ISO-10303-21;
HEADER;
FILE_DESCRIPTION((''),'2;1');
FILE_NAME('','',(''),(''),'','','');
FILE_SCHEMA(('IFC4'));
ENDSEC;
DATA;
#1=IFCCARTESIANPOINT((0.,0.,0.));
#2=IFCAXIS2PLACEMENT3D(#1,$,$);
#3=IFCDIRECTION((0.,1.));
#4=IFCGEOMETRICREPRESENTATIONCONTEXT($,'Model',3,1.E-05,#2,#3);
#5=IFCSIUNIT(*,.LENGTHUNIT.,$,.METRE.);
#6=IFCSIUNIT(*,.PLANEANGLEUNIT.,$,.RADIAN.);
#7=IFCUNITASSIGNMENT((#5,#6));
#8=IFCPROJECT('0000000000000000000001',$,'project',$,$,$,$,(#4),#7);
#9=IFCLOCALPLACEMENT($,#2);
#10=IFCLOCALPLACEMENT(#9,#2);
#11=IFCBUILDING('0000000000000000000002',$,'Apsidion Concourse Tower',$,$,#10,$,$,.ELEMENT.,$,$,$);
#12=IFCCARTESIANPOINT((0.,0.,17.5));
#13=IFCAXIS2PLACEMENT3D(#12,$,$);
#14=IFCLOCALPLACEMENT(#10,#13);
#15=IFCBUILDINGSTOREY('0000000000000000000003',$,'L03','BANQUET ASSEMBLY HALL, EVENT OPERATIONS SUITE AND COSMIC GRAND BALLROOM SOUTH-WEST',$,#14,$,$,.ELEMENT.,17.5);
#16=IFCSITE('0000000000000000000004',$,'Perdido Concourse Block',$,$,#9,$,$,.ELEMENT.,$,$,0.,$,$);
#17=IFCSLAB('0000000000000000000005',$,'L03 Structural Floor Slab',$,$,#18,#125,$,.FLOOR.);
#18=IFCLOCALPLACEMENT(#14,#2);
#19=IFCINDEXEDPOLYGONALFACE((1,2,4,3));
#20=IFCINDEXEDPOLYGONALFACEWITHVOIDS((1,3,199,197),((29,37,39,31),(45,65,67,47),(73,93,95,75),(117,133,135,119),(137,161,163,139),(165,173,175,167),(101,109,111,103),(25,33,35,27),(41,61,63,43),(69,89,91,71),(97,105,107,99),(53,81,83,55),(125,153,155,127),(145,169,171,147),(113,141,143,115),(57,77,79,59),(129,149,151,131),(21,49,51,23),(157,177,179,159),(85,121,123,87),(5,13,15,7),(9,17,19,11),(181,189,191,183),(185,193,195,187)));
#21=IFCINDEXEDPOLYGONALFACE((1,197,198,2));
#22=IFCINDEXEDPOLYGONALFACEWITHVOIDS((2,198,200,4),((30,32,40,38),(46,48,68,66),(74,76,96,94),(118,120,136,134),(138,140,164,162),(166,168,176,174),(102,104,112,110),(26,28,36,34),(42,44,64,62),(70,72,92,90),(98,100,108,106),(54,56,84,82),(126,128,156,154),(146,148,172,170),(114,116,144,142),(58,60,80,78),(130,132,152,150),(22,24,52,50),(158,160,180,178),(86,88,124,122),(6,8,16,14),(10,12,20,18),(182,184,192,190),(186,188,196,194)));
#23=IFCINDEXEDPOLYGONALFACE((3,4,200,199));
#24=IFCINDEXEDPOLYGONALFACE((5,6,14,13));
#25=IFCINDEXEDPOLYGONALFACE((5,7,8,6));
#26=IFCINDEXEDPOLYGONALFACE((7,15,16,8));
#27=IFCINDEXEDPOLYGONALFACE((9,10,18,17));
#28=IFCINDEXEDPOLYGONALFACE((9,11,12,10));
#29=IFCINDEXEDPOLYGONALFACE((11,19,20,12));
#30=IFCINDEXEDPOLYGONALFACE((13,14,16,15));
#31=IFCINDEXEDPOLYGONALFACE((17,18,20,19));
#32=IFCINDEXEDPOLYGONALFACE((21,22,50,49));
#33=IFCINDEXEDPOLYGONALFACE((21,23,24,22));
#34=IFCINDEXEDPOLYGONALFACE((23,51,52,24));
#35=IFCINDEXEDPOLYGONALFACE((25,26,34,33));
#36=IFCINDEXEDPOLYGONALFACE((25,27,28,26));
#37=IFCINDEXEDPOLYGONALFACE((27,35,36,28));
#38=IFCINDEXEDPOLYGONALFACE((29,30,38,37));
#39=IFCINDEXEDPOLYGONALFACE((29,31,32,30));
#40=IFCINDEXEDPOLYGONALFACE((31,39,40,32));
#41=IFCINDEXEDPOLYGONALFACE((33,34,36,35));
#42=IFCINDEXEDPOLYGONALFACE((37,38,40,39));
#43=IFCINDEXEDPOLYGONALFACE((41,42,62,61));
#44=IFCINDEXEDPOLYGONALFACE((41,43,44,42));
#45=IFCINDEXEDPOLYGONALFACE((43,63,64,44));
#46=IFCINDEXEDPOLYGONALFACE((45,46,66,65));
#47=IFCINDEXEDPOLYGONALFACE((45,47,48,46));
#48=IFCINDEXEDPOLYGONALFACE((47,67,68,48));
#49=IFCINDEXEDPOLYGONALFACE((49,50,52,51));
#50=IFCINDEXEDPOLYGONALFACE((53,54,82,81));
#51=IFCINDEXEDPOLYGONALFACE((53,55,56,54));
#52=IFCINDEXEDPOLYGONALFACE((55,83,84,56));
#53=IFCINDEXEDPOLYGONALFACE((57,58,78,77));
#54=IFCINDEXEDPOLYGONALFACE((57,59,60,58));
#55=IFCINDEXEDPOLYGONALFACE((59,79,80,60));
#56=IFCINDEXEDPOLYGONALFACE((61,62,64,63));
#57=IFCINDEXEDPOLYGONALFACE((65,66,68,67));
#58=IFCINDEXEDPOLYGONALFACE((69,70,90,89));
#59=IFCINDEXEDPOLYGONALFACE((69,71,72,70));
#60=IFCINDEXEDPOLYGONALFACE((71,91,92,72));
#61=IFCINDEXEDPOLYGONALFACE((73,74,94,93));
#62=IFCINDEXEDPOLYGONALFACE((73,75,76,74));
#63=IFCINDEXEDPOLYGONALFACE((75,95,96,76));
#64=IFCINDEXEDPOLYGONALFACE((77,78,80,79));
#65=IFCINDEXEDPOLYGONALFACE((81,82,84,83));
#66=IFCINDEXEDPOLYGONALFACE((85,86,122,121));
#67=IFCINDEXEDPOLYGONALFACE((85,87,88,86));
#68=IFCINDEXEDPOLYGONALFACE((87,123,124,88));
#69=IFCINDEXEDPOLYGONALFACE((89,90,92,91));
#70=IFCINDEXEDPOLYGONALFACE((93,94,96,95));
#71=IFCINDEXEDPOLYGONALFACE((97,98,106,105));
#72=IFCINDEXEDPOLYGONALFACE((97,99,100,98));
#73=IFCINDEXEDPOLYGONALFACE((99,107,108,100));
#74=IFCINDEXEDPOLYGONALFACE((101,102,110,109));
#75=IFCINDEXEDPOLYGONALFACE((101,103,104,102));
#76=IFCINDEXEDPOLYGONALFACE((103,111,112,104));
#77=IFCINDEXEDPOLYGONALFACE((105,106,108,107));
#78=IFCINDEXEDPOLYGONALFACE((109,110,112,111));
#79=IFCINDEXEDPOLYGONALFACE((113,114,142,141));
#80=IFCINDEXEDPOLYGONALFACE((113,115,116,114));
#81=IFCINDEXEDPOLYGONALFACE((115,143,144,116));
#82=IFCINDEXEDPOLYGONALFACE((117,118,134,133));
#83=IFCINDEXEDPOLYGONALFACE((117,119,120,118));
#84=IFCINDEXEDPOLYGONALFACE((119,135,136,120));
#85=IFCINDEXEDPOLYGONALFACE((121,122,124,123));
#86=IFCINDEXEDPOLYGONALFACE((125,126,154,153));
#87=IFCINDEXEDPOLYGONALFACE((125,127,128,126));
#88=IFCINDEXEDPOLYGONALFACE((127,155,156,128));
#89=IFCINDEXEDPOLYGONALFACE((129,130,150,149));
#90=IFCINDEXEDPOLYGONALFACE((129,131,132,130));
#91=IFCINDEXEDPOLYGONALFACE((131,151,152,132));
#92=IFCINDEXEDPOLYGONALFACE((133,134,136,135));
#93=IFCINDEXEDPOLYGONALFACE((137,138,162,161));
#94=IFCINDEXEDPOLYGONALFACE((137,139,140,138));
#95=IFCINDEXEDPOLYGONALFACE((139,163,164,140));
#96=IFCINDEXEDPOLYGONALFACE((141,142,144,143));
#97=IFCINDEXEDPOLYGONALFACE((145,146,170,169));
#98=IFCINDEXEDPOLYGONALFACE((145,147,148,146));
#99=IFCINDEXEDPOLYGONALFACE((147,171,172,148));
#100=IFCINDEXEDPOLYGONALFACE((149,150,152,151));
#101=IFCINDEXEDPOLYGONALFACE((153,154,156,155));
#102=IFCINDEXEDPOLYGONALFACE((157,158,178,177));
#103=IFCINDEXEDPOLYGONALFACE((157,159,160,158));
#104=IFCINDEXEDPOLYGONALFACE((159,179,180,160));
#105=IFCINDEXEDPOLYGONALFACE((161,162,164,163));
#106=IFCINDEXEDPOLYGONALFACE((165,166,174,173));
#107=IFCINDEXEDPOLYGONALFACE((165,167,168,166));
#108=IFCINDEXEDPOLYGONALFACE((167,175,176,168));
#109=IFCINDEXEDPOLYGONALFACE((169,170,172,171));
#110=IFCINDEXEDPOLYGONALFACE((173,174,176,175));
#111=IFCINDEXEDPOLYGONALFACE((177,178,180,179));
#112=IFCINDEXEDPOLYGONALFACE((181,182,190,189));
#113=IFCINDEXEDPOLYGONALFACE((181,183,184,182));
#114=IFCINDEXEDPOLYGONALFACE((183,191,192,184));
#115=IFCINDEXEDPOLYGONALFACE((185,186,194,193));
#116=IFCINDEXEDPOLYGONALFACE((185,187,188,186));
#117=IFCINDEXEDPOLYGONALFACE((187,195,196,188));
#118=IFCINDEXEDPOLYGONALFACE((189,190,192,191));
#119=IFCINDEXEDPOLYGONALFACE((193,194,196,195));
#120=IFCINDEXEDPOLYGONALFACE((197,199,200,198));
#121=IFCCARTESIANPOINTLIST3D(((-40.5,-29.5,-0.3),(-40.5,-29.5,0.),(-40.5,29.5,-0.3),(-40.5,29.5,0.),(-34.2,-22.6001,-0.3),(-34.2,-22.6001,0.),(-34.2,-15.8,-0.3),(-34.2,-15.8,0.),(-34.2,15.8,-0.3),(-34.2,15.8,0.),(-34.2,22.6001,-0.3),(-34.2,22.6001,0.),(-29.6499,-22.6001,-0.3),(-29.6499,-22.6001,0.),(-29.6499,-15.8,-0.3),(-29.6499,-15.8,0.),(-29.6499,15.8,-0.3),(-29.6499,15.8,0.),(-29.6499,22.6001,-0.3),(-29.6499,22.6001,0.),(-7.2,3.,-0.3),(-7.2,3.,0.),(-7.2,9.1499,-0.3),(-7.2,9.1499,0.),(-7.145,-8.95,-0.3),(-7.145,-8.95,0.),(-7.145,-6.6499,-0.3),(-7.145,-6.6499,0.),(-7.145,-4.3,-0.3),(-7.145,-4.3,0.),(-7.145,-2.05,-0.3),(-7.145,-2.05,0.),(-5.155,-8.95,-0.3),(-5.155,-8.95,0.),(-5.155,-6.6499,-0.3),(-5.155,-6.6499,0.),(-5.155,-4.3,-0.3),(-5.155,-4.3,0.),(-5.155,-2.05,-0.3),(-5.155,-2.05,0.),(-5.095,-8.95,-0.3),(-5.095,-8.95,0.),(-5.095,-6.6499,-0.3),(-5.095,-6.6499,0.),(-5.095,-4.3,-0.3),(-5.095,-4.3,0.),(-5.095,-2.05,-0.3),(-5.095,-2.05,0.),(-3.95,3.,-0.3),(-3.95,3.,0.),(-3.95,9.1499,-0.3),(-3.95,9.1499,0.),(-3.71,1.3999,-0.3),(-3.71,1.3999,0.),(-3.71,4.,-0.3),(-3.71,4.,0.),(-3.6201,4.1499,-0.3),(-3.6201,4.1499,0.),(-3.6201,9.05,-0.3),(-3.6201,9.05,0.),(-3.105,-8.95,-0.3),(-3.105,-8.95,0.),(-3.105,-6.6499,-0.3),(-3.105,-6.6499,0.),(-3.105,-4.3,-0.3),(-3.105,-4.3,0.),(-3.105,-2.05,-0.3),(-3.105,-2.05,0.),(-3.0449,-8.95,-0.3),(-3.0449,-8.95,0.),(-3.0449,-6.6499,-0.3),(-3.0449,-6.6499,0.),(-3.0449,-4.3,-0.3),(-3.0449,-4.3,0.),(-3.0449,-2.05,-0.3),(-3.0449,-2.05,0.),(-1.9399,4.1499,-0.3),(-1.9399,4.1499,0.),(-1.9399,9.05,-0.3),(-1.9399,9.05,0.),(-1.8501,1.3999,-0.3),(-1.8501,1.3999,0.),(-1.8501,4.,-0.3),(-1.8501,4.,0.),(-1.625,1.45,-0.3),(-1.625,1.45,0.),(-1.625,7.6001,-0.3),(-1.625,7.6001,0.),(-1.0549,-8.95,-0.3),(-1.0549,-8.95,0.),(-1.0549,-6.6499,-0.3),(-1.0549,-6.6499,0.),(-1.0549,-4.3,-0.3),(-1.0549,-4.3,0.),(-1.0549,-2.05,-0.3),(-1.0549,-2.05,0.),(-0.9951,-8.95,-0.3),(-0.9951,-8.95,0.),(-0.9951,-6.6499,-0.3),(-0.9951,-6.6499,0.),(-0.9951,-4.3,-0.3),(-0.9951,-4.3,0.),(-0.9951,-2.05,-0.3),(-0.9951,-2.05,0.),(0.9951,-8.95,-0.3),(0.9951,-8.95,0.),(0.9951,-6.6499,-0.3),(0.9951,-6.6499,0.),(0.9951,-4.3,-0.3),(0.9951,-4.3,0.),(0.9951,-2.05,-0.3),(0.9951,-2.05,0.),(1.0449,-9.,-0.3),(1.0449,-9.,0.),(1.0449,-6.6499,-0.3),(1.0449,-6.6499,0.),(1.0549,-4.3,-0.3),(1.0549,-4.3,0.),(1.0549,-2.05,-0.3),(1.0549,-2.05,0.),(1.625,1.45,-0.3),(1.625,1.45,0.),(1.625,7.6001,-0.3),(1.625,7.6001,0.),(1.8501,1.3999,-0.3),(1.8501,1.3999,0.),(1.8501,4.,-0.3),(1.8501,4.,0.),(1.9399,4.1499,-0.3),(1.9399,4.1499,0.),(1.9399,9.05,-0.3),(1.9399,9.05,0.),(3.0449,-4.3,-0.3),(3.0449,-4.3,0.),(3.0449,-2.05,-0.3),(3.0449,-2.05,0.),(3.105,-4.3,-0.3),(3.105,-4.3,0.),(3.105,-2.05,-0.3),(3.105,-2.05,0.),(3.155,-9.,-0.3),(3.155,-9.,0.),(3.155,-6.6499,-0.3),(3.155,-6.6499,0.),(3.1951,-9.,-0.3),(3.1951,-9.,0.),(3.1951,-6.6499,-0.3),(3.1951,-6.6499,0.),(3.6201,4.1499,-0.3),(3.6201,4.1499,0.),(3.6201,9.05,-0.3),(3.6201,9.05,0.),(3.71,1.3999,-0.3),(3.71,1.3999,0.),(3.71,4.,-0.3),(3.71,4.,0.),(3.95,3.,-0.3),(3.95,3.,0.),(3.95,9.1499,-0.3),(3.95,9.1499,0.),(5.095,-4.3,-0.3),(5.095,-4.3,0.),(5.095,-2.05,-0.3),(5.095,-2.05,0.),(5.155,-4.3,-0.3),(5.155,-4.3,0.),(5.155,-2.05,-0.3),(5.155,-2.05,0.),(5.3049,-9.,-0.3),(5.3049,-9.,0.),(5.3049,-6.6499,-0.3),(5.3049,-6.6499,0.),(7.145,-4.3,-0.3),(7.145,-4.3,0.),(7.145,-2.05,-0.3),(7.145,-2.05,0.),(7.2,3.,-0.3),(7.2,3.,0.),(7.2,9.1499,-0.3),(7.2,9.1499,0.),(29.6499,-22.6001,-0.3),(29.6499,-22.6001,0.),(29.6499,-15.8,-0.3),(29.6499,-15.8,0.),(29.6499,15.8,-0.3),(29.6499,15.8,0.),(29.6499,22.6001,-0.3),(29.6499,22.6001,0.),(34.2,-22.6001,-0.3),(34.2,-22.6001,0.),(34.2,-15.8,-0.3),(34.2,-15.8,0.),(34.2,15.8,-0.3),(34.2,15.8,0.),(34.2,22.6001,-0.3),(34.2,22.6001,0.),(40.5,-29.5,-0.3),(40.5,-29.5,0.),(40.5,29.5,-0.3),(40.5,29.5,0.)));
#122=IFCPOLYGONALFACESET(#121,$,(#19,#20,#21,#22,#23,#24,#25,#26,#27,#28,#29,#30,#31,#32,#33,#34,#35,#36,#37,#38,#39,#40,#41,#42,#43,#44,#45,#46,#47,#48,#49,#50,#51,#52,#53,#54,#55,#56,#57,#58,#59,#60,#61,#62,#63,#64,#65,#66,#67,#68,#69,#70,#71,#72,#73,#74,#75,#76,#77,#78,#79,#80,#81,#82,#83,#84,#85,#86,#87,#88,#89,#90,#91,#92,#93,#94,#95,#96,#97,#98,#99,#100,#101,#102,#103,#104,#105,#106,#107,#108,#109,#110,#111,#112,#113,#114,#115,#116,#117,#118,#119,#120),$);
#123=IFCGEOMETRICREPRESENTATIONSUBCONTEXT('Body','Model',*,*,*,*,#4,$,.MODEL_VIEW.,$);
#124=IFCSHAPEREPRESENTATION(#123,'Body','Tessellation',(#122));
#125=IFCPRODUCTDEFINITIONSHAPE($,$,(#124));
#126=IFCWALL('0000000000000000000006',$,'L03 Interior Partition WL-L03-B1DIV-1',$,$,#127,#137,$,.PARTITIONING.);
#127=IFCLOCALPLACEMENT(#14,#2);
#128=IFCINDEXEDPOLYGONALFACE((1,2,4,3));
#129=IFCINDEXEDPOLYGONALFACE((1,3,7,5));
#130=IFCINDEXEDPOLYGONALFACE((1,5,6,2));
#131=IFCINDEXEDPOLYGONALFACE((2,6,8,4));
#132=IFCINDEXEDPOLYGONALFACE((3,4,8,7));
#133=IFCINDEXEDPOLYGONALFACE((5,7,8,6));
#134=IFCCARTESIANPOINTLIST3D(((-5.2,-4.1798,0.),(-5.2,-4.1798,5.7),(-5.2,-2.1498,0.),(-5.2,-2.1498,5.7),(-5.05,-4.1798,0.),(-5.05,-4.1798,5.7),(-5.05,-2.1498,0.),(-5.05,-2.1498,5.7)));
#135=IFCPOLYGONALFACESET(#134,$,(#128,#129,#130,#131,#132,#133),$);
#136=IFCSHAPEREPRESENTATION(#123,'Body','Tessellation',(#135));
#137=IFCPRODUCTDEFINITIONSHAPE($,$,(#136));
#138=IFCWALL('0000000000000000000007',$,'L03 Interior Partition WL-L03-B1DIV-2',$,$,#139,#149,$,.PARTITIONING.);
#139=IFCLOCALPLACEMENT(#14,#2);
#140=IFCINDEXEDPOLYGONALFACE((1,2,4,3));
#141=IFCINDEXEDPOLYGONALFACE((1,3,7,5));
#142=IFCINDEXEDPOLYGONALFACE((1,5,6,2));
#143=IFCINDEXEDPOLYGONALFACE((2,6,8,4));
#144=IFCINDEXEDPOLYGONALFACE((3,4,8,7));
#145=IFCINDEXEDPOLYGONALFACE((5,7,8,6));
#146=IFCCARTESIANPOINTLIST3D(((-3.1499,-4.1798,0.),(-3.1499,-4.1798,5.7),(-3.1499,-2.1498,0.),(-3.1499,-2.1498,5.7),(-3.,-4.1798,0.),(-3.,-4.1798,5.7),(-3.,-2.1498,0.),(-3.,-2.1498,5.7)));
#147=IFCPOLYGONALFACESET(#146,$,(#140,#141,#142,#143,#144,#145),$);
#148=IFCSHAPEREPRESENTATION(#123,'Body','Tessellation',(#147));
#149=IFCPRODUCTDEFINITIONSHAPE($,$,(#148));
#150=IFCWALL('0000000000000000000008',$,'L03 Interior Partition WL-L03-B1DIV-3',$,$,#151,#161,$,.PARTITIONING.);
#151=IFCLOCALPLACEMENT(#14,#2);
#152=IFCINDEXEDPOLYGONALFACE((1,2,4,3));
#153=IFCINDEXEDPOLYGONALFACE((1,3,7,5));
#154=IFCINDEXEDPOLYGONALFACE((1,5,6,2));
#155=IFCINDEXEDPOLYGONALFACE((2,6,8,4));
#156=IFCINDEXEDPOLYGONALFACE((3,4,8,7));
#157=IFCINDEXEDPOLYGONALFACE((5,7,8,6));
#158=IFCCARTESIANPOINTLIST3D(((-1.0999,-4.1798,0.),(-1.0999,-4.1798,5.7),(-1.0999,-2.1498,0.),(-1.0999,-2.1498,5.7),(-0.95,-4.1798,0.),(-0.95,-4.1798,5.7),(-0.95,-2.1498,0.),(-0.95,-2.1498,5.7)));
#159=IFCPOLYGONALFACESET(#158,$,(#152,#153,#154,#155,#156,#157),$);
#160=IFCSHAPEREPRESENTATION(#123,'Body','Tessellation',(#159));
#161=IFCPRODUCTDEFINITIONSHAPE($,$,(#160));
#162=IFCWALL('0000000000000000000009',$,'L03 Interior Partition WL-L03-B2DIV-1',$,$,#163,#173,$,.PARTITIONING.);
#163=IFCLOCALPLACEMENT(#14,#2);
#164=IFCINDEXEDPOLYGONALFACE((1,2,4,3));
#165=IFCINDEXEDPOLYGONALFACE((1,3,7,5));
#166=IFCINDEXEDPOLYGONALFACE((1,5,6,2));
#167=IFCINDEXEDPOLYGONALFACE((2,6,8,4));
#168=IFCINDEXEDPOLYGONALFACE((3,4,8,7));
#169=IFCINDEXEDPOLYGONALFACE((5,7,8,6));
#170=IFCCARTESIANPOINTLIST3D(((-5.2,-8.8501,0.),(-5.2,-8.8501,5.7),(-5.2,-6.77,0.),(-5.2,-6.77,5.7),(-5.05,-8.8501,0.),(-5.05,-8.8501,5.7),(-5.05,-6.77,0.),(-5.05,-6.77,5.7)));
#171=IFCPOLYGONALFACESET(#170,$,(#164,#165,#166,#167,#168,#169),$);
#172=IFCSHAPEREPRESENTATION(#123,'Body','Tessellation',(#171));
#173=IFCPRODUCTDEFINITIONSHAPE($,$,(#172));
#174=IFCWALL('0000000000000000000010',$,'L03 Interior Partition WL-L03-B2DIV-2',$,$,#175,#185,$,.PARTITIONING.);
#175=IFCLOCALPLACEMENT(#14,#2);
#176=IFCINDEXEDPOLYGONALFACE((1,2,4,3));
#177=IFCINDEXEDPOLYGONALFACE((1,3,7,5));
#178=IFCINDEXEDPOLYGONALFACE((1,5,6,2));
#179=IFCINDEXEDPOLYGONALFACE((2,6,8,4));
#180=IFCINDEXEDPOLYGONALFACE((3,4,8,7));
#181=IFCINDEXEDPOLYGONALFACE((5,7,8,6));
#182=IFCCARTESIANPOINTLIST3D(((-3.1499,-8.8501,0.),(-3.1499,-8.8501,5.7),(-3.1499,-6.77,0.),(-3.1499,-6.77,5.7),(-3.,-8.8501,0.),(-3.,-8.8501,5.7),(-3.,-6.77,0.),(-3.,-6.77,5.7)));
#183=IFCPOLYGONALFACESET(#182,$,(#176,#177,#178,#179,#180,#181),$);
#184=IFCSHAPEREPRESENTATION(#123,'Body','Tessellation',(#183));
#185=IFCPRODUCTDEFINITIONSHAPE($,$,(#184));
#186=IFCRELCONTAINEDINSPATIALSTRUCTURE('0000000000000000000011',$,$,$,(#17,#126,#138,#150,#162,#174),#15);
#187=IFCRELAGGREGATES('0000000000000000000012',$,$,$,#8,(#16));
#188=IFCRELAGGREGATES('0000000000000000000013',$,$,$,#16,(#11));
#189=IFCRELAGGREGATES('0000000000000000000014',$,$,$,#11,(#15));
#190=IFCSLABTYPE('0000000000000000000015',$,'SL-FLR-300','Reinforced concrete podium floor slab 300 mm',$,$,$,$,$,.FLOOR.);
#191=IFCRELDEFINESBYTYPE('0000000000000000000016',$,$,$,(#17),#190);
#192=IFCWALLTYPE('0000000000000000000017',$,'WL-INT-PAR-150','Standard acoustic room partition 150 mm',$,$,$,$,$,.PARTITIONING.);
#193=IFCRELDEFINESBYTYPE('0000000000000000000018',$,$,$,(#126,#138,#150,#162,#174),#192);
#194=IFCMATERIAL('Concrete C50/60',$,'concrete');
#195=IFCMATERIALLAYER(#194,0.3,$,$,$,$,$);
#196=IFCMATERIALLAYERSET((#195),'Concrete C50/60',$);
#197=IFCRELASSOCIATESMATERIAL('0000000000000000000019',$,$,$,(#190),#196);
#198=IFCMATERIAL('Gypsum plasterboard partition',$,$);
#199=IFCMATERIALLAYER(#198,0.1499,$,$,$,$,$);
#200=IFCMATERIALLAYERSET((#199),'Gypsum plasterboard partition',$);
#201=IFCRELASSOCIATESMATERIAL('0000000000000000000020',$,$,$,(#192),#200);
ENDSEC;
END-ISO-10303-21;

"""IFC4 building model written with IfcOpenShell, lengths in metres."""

from ifc_helpers import new_model, si_unit, direction, frame, frame_2d, origin, place, context, subcontext, project, spatial, polyline, rectangle, outline, extrude, material, layer, layer_set, type_object, element, save


model = new_model("IFC4")

# Units and contexts
model_context = context("Model", 3, precision=1e-05, world=origin(), true_north=direction((0.0, 1.0)))
body_context = subcontext(model_context, "Body", "Model", "MODEL_VIEW")
ifc_project = project(units=[si_unit("LENGTHUNIT", "METRE"), si_unit("PLANEANGLEUNIT", "RADIAN")], contexts=[model_context])

# Site, building, storey
site_placement = place(None, origin())
site = spatial("IfcSite", under=ifc_project, at=site_placement, Name="Perdido Concourse Block", CompositionType="ELEMENT", RefElevation=0.0)
building_placement = place(site_placement, origin())
building = spatial("IfcBuilding", under=site, at=building_placement, Name="Apsidion Concourse Tower", CompositionType="ELEMENT")
storey_placement = place(building_placement, frame((0.0, 0.0, 17.5)))
storey = spatial("IfcBuildingStorey", under=building, at=storey_placement, Name="L03", Description="BANQUET ASSEMBLY HALL, EVENT OPERATIONS SUITE AND COSMIC GRAND BALLROOM SOUTH-WEST", CompositionType="ELEMENT", Elevation=17.5)

# Shared definitions
ifc_material_1 = material(Name="Concrete C50/60", Category="concrete")

# Slab
ifc_layer_1 = layer(ifc_material_1, 0.3)
ifc_layer_set_1 = layer_set([ifc_layer_1], Name="Concrete C50/60")
slab_type = type_object("IfcSlabType", Name="SL-FLR-300", Description="Reinforced concrete podium floor slab 300 mm", PredefinedType="FLOOR", material=ifc_layer_set_1)
slab_placement = place(storey_placement, frame((0.0, 0.0, -0.3)))
element("IfcSlab", 1, at=slab_placement, inside=storey, type_object=slab_type, Name="L03 Structural Floor Slab", PredefinedType="FLOOR", context=body_context, shape_type="SweptSolid", body=[
    extrude(outline(polyline([(-40.5, -29.5), (40.5, -29.5), (40.5, 29.5), (-40.5, 29.5), (-40.5, -29.5)]), holes=[polyline([(-3.95, 3.0), (-3.95, 9.1499), (-7.2, 9.1499), (-7.2, 3.0), (-3.95, 3.0)]), polyline([(7.2, 3.0), (7.2, 9.1499), (3.95, 9.1499), (3.95, 3.0), (7.2, 3.0)]), polyline([(-1.625, 7.6001), (-1.625, 1.45), (1.625, 1.45), (1.625, 7.6001), (-1.625, 7.6001)]), polyline([(-29.6499, -22.6001), (-29.6499, -15.8), (-34.2, -15.8), (-34.2, -22.6001), (-29.6499, -22.6001)]), polyline([(34.2, -22.6001), (34.2, -15.8), (29.6499, -15.8), (29.6499, -22.6001), (34.2, -22.6001)]), polyline([(-34.2, 22.6001), (-34.2, 15.8), (-29.6499, 15.8), (-29.6499, 22.6001), (-34.2, 22.6001)]), polyline([(29.6499, 22.6001), (29.6499, 15.8), (34.2, 15.8), (34.2, 22.6001), (29.6499, 22.6001)]), polyline([(-7.145, -4.3), (-5.155, -4.3), (-5.155, -2.05), (-7.145, -2.05), (-7.145, -4.3)]), polyline([(-5.095, -4.3), (-3.105, -4.3), (-3.105, -2.05), (-5.095, -2.05), (-5.095, -4.3)]), polyline([(-3.0449, -4.3), (-1.0549, -4.3), (-1.0549, -2.05), (-3.0449, -2.05), (-3.0449, -4.3)]), polyline([(-0.9951, -4.3), (0.9951, -4.3), (0.9951, -2.05), (-0.9951, -2.05), (-0.9951, -4.3)]), polyline([(1.0549, -4.3), (3.0449, -4.3), (3.0449, -2.05), (1.0549, -2.05), (1.0549, -4.3)]), polyline([(3.105, -4.3), (5.095, -4.3), (5.095, -2.05), (3.105, -2.05), (3.105, -4.3)]), polyline([(5.155, -4.3), (7.145, -4.3), (7.145, -2.05), (5.155, -2.05), (5.155, -4.3)]), polyline([(-7.145, -8.95), (-5.155, -8.95), (-5.155, -6.6499), (-7.145, -6.6499), (-7.145, -8.95)]), polyline([(-5.095, -8.95), (-3.105, -8.95), (-3.105, -6.6499), (-5.095, -6.6499), (-5.095, -8.95)]), polyline([(-3.0449, -8.95), (-1.0549, -8.95), (-1.0549, -6.6499), (-3.0449, -6.6499), (-3.0449, -8.95)]), polyline([(-0.9951, -8.95), (0.9951, -8.95), (0.9951, -6.6499), (-0.9951, -6.6499), (-0.9951, -8.95)]), polyline([(1.0449, -9.0), (3.155, -9.0), (3.155, -6.6499), (1.0449, -6.6499), (1.0449, -9.0)]), polyline([(3.1951, -9.0), (5.3049, -9.0), (5.3049, -6.6499), (3.1951, -6.6499), (3.1951, -9.0)]), polyline([(-3.71, 1.3999), (-1.8501, 1.3999), (-1.8501, 4.0), (-3.71, 4.0), (-3.71, 1.3999)]), polyline([(1.8501, 1.3999), (3.71, 1.3999), (3.71, 4.0), (1.8501, 4.0), (1.8501, 1.3999)]), polyline([(-3.6201, 4.1499), (-1.9399, 4.1499), (-1.9399, 9.05), (-3.6201, 9.05), (-3.6201, 4.1499)]), polyline([(1.9399, 4.1499), (3.6201, 4.1499), (3.6201, 9.05), (1.9399, 9.05), (1.9399, 4.1499)])]), origin(), (0.0, 0.0, 1.0), 0.3),
])

# Walls
ifc_material_2 = material(Name="Gypsum plasterboard partition")
ifc_layer_2 = layer(ifc_material_2, 0.1499)
ifc_layer_set_2 = layer_set([ifc_layer_2], Name="Gypsum plasterboard partition")
wall_type_1 = type_object("IfcWallType", Name="WL-INT-PAR-150", Description="Standard acoustic room partition 150 mm", PredefinedType="PARTITIONING", material=ifc_layer_set_2)
for number, where, z_axis, x_axis, name in (
    (2, (-5.125, -4.1799, 0.0), (0.0, 0.0, 1.0), (0.0, 1.0, 0.0), "L03 Interior Partition WL-L03-B1DIV-1"),
    (3, (-3.075, -4.1799, 0.0), (0.0, 0.0, 1.0), (0.0, 1.0, 0.0), "L03 Interior Partition WL-L03-B1DIV-2"),
    (4, (-1.0249, -4.1799, 0.0), (0.0, 0.0, 1.0), (0.0, 1.0, 0.0), "L03 Interior Partition WL-L03-B1DIV-3"),
):
    element("IfcWall", number, at=place(storey_placement, frame(where, z_axis=z_axis, x_axis=x_axis)), inside=storey, type_object=wall_type_1, Name=name, PredefinedType="PARTITIONING", context=body_context, shape_type="SweptSolid", body=[
        extrude(rectangle(XDim=2.03, YDim=0.1499, at=frame_2d((1.0151, 0.0))), origin(), (0.0, 0.0, 1.0), 5.7),
    ])
for number, where, z_axis, x_axis, name in (
    (5, (-5.125, -8.8501, 0.0), (0.0, 0.0, 1.0), (0.0, 1.0, 0.0), "L03 Interior Partition WL-L03-B2DIV-1"),
    (6, (-3.075, -8.8501, 0.0), (0.0, 0.0, 1.0), (0.0, 1.0, 0.0), "L03 Interior Partition WL-L03-B2DIV-2"),
):
    element("IfcWall", number, at=place(storey_placement, frame(where, z_axis=z_axis, x_axis=x_axis)), inside=storey, type_object=wall_type_1, Name=name, PredefinedType="PARTITIONING", context=body_context, shape_type="SweptSolid", body=[
        extrude(rectangle(XDim=2.0801, YDim=0.1499, at=frame_2d((1.04, 0.0))), origin(), (0.0, 0.0, 1.0), 5.7),
    ])

save(model, "model.ifc")
